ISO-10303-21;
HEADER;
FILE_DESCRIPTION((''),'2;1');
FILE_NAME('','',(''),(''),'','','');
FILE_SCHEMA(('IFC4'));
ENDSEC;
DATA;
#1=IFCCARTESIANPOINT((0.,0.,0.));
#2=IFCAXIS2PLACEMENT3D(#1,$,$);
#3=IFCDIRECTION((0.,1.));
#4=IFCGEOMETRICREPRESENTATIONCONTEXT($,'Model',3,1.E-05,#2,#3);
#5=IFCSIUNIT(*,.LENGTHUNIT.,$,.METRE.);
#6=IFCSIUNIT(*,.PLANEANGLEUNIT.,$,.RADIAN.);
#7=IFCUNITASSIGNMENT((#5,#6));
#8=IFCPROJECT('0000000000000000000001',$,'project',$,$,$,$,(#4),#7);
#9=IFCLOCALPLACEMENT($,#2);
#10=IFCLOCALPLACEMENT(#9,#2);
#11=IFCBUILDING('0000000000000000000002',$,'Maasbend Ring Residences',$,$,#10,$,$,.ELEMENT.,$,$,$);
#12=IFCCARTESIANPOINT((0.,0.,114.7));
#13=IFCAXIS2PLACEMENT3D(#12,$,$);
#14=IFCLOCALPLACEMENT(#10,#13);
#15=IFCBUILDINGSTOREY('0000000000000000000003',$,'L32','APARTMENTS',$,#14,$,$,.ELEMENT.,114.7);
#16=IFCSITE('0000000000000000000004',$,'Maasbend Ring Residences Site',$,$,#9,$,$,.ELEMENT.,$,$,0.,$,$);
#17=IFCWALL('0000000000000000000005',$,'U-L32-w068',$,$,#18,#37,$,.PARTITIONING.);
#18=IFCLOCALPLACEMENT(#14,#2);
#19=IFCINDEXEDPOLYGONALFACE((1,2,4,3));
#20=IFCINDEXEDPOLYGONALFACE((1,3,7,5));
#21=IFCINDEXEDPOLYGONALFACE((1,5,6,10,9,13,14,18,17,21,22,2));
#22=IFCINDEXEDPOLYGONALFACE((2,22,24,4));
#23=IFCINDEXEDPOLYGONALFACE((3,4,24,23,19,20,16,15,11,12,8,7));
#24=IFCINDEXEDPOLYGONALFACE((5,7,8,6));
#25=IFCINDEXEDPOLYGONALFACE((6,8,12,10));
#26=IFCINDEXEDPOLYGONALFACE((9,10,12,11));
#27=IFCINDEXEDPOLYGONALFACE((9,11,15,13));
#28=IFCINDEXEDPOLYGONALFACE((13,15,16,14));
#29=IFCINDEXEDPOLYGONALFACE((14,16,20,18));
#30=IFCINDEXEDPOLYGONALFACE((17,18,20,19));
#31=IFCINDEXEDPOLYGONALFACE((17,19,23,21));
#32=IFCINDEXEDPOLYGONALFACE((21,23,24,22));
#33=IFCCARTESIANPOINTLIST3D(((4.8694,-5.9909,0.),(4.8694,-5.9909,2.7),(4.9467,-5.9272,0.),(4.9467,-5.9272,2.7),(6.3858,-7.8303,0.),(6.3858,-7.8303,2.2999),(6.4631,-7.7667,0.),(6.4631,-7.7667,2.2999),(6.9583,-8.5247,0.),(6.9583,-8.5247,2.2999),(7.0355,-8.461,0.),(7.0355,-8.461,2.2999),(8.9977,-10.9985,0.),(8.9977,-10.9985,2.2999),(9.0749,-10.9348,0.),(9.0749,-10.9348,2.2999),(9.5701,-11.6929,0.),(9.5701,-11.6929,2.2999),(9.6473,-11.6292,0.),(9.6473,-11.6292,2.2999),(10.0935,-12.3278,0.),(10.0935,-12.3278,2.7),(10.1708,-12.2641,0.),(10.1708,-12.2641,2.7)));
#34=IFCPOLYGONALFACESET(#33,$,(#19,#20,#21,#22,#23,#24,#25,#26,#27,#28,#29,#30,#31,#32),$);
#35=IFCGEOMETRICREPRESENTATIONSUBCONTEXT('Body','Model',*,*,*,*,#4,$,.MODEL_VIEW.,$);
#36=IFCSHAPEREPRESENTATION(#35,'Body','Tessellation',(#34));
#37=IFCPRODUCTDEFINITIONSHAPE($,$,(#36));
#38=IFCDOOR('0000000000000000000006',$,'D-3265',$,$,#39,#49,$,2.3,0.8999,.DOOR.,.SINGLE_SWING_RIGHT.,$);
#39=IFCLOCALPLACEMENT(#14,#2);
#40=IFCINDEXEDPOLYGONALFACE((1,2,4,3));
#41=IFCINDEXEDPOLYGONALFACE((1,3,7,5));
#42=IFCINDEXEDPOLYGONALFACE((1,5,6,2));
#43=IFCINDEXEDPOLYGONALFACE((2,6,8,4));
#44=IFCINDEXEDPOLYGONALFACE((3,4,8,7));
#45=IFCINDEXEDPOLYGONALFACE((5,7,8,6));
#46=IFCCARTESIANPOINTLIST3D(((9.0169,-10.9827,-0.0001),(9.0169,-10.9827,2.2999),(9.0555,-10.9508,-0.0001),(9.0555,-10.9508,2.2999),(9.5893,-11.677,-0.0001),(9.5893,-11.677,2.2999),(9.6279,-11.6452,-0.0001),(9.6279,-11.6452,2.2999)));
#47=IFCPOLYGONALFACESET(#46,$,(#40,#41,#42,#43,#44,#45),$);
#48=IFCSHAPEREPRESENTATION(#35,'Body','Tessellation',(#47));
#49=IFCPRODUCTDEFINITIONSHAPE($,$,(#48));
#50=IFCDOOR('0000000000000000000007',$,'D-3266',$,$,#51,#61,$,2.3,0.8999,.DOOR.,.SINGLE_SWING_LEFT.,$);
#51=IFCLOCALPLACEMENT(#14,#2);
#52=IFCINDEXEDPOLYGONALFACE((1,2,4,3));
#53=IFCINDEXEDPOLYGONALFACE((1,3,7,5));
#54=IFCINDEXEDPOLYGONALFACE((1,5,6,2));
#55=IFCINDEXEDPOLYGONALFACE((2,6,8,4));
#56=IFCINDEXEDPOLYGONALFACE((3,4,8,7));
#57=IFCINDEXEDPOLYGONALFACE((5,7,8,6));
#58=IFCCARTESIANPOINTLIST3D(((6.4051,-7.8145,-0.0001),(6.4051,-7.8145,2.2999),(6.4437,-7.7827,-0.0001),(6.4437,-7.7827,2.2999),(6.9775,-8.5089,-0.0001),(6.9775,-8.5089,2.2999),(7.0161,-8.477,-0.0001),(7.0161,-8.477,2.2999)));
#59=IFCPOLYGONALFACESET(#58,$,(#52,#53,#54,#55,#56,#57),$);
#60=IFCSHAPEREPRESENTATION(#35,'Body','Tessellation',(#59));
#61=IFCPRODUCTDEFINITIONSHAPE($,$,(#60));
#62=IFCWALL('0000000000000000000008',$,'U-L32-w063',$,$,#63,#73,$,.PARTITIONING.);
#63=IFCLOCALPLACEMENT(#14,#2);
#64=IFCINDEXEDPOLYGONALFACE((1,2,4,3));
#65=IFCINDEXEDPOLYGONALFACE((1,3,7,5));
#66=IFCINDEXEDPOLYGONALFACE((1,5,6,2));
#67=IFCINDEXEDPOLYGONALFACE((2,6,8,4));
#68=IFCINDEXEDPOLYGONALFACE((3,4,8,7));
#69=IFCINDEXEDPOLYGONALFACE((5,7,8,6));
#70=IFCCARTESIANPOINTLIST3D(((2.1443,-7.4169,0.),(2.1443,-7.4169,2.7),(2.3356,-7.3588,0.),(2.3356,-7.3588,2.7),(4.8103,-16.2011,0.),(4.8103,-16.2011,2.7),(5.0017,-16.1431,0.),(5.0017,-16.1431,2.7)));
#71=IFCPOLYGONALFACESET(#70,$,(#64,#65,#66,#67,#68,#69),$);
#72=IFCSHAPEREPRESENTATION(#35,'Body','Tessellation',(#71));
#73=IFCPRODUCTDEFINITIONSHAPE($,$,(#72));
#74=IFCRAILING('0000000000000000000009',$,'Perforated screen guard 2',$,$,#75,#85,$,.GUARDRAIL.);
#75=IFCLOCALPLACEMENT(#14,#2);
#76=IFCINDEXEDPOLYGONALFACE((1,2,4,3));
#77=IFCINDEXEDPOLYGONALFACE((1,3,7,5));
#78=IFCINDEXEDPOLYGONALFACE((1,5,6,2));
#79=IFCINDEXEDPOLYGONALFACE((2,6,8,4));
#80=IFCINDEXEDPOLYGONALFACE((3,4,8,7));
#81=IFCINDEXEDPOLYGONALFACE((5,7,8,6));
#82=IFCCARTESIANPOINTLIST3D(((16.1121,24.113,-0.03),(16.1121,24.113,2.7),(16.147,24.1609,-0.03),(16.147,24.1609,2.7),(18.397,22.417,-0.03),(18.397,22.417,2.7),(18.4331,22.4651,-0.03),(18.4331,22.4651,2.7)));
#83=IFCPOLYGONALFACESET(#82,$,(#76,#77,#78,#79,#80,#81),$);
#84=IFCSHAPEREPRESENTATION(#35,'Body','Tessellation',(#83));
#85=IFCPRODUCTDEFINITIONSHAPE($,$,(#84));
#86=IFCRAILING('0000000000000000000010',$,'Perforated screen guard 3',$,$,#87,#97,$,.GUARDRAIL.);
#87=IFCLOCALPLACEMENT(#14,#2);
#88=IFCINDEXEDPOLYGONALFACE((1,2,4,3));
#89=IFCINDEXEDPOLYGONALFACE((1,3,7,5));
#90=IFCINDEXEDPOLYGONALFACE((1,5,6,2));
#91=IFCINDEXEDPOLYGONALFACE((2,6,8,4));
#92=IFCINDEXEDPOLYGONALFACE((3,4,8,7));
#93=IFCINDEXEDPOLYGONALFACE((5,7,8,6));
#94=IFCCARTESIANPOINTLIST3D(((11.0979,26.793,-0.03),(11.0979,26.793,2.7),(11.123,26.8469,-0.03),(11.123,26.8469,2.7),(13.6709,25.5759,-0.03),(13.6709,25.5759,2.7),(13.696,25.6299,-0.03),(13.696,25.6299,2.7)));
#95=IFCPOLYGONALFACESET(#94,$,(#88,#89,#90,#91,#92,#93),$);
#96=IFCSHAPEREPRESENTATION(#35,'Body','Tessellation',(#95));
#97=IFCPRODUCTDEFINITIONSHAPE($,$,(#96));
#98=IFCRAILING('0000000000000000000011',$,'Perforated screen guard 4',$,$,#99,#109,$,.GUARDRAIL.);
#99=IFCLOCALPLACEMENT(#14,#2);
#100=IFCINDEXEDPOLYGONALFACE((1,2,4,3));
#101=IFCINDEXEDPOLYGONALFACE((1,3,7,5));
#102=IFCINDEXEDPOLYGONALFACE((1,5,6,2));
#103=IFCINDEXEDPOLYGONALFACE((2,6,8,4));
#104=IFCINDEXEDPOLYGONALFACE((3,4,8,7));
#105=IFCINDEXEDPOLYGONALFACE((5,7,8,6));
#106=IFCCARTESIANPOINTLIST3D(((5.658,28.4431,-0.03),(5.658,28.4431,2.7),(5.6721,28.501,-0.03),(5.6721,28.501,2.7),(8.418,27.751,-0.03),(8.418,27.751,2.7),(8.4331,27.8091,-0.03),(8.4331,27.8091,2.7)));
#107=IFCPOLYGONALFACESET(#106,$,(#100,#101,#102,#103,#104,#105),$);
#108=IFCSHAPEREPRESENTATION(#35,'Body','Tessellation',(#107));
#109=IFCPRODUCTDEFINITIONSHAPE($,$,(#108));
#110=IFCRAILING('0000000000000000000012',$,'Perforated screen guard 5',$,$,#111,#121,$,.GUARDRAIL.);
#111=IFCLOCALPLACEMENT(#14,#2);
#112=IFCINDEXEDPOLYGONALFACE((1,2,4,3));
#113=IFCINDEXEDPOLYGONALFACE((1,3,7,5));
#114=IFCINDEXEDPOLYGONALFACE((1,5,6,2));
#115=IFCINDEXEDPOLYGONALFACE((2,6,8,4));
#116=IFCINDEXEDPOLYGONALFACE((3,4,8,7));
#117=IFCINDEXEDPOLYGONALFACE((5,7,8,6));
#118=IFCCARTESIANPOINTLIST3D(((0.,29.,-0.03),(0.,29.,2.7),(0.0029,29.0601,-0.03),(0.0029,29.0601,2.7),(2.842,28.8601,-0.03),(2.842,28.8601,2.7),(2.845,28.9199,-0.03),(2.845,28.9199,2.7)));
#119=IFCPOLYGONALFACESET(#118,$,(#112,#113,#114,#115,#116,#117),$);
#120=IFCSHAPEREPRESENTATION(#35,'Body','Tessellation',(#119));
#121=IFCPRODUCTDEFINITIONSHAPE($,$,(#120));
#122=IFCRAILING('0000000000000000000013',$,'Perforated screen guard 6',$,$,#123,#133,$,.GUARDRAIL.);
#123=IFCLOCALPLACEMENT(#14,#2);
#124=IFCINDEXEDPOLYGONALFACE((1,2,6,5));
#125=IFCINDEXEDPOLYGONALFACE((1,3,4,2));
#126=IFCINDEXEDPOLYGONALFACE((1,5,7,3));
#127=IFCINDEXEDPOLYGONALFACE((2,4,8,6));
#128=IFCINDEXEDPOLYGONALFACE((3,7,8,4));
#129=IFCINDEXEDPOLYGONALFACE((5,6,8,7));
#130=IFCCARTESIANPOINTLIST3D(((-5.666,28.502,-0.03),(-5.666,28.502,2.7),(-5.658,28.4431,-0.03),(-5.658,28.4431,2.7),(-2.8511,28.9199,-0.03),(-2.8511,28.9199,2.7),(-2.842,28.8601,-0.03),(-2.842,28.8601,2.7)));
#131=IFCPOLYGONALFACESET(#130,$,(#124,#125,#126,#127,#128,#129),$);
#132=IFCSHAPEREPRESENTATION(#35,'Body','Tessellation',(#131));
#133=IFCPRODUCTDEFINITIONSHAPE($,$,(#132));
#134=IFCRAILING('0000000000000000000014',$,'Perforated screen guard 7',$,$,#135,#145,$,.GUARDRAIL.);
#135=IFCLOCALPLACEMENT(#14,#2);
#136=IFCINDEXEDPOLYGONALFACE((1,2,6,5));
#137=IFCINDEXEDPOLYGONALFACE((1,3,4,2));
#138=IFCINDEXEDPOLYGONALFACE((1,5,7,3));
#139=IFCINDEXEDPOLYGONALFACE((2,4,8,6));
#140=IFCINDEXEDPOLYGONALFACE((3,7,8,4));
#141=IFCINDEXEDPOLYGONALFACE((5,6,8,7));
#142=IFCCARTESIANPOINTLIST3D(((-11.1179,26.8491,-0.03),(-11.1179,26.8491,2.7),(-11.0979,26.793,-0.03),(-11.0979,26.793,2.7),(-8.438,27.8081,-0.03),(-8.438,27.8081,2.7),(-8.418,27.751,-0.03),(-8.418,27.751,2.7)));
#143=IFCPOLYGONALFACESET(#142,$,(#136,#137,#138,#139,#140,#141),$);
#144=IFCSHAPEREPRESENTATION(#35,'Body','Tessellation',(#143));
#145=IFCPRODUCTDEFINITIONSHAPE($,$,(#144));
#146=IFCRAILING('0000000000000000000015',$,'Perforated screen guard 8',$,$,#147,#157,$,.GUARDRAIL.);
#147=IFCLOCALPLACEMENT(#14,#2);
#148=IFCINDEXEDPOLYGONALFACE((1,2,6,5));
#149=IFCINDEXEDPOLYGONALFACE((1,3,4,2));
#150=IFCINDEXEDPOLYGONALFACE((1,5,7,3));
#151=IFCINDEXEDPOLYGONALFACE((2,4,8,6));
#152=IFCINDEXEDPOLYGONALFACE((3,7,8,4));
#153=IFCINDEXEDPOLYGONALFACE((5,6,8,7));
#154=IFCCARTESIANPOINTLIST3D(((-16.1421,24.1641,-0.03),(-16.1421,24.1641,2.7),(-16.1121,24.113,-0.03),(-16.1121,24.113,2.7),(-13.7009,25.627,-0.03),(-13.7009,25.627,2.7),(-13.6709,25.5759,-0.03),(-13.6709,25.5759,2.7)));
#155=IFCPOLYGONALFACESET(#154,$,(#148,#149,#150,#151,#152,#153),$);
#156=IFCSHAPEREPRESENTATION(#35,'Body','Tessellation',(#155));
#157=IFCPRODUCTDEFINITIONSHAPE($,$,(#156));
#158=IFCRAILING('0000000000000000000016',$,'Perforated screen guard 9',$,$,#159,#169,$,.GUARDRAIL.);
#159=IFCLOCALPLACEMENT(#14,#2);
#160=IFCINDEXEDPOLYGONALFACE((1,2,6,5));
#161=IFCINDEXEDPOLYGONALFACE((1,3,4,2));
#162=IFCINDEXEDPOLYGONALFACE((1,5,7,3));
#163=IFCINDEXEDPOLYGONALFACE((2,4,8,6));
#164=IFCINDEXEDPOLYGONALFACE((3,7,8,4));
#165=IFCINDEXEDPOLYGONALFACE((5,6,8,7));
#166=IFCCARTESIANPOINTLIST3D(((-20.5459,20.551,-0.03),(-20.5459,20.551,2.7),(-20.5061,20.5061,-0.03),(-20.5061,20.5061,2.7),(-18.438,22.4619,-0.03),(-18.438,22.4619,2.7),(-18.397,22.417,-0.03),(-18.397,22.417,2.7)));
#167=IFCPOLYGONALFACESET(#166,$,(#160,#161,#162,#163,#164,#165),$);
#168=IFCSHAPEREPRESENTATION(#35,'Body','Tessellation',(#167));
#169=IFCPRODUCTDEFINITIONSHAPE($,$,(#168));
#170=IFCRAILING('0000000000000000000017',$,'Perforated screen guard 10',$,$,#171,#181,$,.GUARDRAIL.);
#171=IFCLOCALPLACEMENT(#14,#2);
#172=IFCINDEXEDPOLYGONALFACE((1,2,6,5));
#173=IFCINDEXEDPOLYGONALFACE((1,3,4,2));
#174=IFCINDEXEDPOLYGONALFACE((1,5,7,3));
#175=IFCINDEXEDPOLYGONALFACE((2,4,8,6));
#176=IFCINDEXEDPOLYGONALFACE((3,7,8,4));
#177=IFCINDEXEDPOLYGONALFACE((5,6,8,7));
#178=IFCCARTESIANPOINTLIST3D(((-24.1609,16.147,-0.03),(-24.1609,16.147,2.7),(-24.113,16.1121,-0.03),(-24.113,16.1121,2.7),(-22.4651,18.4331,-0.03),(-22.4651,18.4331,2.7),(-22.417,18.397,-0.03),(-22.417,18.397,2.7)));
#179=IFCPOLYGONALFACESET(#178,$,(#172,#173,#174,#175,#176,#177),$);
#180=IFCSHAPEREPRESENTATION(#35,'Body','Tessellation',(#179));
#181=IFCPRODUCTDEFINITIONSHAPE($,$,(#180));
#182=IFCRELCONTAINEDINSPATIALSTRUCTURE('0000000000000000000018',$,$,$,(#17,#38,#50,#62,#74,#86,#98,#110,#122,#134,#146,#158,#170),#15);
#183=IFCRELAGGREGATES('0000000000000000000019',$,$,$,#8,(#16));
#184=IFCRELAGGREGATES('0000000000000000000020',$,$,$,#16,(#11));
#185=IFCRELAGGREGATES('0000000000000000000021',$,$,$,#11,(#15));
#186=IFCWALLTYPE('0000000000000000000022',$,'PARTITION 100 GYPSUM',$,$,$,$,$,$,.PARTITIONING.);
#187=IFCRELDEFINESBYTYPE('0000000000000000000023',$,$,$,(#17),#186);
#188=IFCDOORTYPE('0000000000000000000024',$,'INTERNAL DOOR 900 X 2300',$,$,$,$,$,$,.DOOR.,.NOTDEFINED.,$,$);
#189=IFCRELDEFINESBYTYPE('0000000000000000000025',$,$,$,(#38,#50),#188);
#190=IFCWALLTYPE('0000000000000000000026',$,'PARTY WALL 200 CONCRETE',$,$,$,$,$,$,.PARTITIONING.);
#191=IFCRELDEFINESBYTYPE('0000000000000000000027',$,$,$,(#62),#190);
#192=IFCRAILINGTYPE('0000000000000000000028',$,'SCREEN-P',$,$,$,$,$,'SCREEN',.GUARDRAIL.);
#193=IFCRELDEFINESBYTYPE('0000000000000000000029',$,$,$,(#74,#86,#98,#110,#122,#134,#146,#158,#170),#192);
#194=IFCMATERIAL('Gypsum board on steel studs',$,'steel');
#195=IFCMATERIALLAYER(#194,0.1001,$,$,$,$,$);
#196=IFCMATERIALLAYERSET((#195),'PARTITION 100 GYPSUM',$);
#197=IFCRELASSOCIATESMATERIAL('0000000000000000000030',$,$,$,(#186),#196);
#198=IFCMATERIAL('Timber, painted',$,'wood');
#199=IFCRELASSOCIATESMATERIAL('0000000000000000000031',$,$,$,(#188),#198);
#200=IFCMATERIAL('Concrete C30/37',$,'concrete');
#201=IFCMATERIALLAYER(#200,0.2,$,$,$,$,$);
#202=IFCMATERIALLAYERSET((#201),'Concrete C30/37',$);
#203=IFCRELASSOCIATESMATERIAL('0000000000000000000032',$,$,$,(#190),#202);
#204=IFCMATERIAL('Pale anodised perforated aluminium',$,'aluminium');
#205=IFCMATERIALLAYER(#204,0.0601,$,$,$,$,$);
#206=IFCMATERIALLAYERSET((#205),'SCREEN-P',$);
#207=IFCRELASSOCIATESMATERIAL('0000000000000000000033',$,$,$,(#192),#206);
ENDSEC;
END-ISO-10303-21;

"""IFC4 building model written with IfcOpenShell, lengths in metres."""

from ifc_helpers import new_model, si_unit, direction, frame, frame_2d, origin, place, context, subcontext, project, spatial, polyline, rectangle, outline, extrude, material, layer, layer_set, type_object, element, fill, save


model = new_model("IFC4")

# Units and contexts
model_context = context("Model", 3, precision=1e-05, world=origin(), true_north=direction((0.0, 1.0)))
body_context = subcontext(model_context, "Body", "Model", "MODEL_VIEW")
ifc_project = project(units=[si_unit("LENGTHUNIT", "METRE"), si_unit("PLANEANGLEUNIT", "RADIAN")], contexts=[model_context])

# Site, building, storey
site_placement = place(None, origin())
site = spatial("IfcSite", under=ifc_project, at=site_placement, Name="Maasbend Ring Residences Site", CompositionType="ELEMENT", RefElevation=0.0)
building_placement = place(site_placement, origin())
building = spatial("IfcBuilding", under=site, at=building_placement, Name="Maasbend Ring Residences", CompositionType="ELEMENT")
storey_placement = place(building_placement, frame((0.0, 0.0, 114.7)))
storey = spatial("IfcBuildingStorey", under=building, at=storey_placement, Name="L32", Description="APARTMENTS", CompositionType="ELEMENT", Elevation=114.7)

# Wall, openings, doors
ifc_material_1 = material(Name="Gypsum board on steel studs", Category="steel")
ifc_layer_1 = layer(ifc_material_1, 0.1001)
ifc_layer_set_1 = layer_set([ifc_layer_1], Name="PARTITION 100 GYPSUM")
wall_type_1 = type_object("IfcWallType", Name="PARTITION 100 GYPSUM", PredefinedType="PARTITIONING", material=ifc_layer_set_1)
wall_1_placement = place(storey_placement, frame((4.908, -5.959, 0.0), z_axis=(0.0, 0.0, 1.0), x_axis=(0.636105, -0.771602, 0.0)))
wall_1 = element("IfcWall", 1, at=wall_1_placement, inside=storey, type_object=wall_type_1, Name="U-L32-w068", PredefinedType="PARTITIONING", context=body_context, shape_type="SweptSolid", body=[
    extrude(rectangle(XDim=8.2126, YDim=0.1001, at=frame_2d((4.1064, 0.0))), origin(), (0.0, 0.0, 1.0), 2.7),
])
opening_1_placement = place(wall_1_placement, frame((6.49, 0.0, 0.0)))
opening_1 = element("IfcOpeningElement", 2, at=opening_1_placement, cuts=wall_1, PredefinedType="OPENING", context=body_context, shape_type="SweptSolid", body=[
    extrude(rectangle(XDim=0.8999, YDim=2.3, at=frame_2d((0.45, 1.1499))), frame((0.0, 0.0601, 0.0), z_axis=(0.0, -1.0, 0.0), x_axis=(1.0, 0.0, 0.0)), (0.0, 0.0, 1.0), 0.1201),
])
opening_2_placement = place(wall_1_placement, frame((2.384, 0.0, 0.0)))
opening_2 = element("IfcOpeningElement", 3, at=opening_2_placement, cuts=wall_1, PredefinedType="OPENING", context=body_context, shape_type="SweptSolid", body=[
    extrude(rectangle(XDim=0.8999, YDim=2.3, at=frame_2d((0.45, 1.1499))), frame((0.0, 0.0601, 0.0), z_axis=(0.0, -1.0, 0.0), x_axis=(1.0, 0.0, 0.0)), (0.0, 0.0, 1.0), 0.1201),
])
ifc_material_2 = material(Name="Timber, painted", Category="wood")
door_type = type_object("IfcDoorType", Name="INTERNAL DOOR 900 X 2300", OperationType="NOTDEFINED", PredefinedType="DOOR", material=ifc_material_2)
door_1_placement = place(opening_1_placement, origin())
door_1 = element("IfcDoor", 4, at=door_1_placement, inside=storey, type_object=door_type, Name="D-3265", OperationType="SINGLE_SWING_RIGHT", OverallHeight=2.3, OverallWidth=0.8999, PredefinedType="DOOR", context=body_context, shape_type="SweptSolid", body=[
    extrude(rectangle(XDim=0.8999, YDim=2.3, at=frame_2d((0.45, 1.1499))), frame((0.0, 0.0249, 0.0), z_axis=(0.0, -1.0, 0.0), x_axis=(1.0, 0.0, 0.0)), (0.0, 0.0, 1.0), 0.05),
])
fill(opening_1, door_1)
door_2_placement = place(opening_2_placement, origin())
door_2 = element("IfcDoor", 5, at=door_2_placement, inside=storey, type_object=door_type, Name="D-3266", OperationType="SINGLE_SWING_LEFT", OverallHeight=2.3, OverallWidth=0.8999, PredefinedType="DOOR", context=body_context, shape_type="SweptSolid", body=[
    extrude(rectangle(XDim=0.8999, YDim=2.3, at=frame_2d((0.45, 1.1499))), frame((0.0, 0.0249, 0.0), z_axis=(0.0, -1.0, 0.0), x_axis=(1.0, 0.0, 0.0)), (0.0, 0.0, 1.0), 0.05),
])
fill(opening_2, door_2)

# Wall
ifc_material_3 = material(Name="Concrete C30/37", Category="concrete")
ifc_layer_2 = layer(ifc_material_3, 0.2)
ifc_layer_set_2 = layer_set([ifc_layer_2], Name="Concrete C30/37")
wall_type_2 = type_object("IfcWallType", Name="PARTY WALL 200 CONCRETE", PredefinedType="PARTITIONING", material=ifc_layer_set_2)
wall_2_placement = place(storey_placement, frame((2.24, -7.3879, 0.0), z_axis=(0.0, 0.0, 1.0), x_axis=(0.290421, -0.956899, 0.0)))
element("IfcWall", 6, at=wall_2_placement, inside=storey, type_object=wall_type_2, Name="U-L32-w063", PredefinedType="PARTITIONING", context=body_context, shape_type="SweptSolid", body=[
    extrude(rectangle(XDim=9.1799, YDim=0.2, at=frame_2d((4.5898, 0.0))), origin(), (0.0, 0.0, 1.0), 2.7),
])

# Railings
ifc_material_4 = material(Name="Pale anodised perforated aluminium", Category="aluminium")
ifc_layer_3 = layer(ifc_material_4, 0.0601)
ifc_layer_set_3 = layer_set([ifc_layer_3], Name="SCREEN-P")
railing_type = type_object("IfcRailingType", Name="SCREEN-P", ElementType="SCREEN", PredefinedType="GUARDRAIL", material=ifc_layer_set_3)
railing_1_placement = place(storey_placement, frame((0.0, 0.0, -0.03)))
element("IfcRailing", 7, at=railing_1_placement, inside=storey, type_object=railing_type, Name="Perforated screen guard 2", PredefinedType="GUARDRAIL", context=body_context, shape_type="SweptSolid", body=[
    extrude(outline(polyline([(18.397, 22.417), (16.1121, 24.113), (16.147, 24.1609), (18.4331, 22.4651), (18.397, 22.417)])), origin(), (0.0, 0.0, 1.0), 2.73),
])
railing_2_placement = place(storey_placement, frame((0.0, 0.0, -0.03)))
element("IfcRailing", 8, at=railing_2_placement, inside=storey, type_object=railing_type, Name="Perforated screen guard 3", PredefinedType="GUARDRAIL", context=body_context, shape_type="SweptSolid", body=[
    extrude(outline(polyline([(13.6709, 25.5759), (11.0979, 26.793), (11.123, 26.8469), (13.696, 25.6299), (13.6709, 25.5759)])), origin(), (0.0, 0.0, 1.0), 2.73),
])
railing_3_placement = place(storey_placement, frame((0.0, 0.0, -0.03)))
element("IfcRailing", 9, at=railing_3_placement, inside=storey, type_object=railing_type, Name="Perforated screen guard 4", PredefinedType="GUARDRAIL", context=body_context, shape_type="SweptSolid", body=[
    extrude(outline(polyline([(8.418, 27.751), (5.658, 28.4431), (5.6721, 28.501), (8.4331, 27.8091), (8.418, 27.751)])), origin(), (0.0, 0.0, 1.0), 2.73),
])
railing_4_placement = place(storey_placement, frame((0.0, 0.0, -0.03)))
element("IfcRailing", 10, at=railing_4_placement, inside=storey, type_object=railing_type, Name="Perforated screen guard 5", PredefinedType="GUARDRAIL", context=body_context, shape_type="SweptSolid", body=[
    extrude(outline(polyline([(2.842, 28.8601), (0.0, 29.0), (0.0029, 29.0601), (2.845, 28.9199), (2.842, 28.8601)])), origin(), (0.0, 0.0, 1.0), 2.73),
])
railing_5_placement = place(storey_placement, frame((0.0, 0.0, -0.03)))
element("IfcRailing", 11, at=railing_5_placement, inside=storey, type_object=railing_type, Name="Perforated screen guard 6", PredefinedType="GUARDRAIL", context=body_context, shape_type="SweptSolid", body=[
    extrude(outline(polyline([(-2.842, 28.8601), (-5.658, 28.4431), (-5.666, 28.502), (-2.8511, 28.9199), (-2.842, 28.8601)])), origin(), (0.0, 0.0, 1.0), 2.73),
])
railing_6_placement = place(storey_placement, frame((0.0, 0.0, -0.03)))
element("IfcRailing", 12, at=railing_6_placement, inside=storey, type_object=railing_type, Name="Perforated screen guard 7", PredefinedType="GUARDRAIL", context=body_context, shape_type="SweptSolid", body=[
    extrude(outline(polyline([(-8.418, 27.751), (-11.0979, 26.793), (-11.1179, 26.8491), (-8.438, 27.8081), (-8.418, 27.751)])), origin(), (0.0, 0.0, 1.0), 2.73),
])
railing_7_placement = place(storey_placement, frame((0.0, 0.0, -0.03)))
element("IfcRailing", 13, at=railing_7_placement, inside=storey, type_object=railing_type, Name="Perforated screen guard 8", PredefinedType="GUARDRAIL", context=body_context, shape_type="SweptSolid", body=[
    extrude(outline(polyline([(-13.6709, 25.5759), (-16.1121, 24.113), (-16.1421, 24.1641), (-13.7009, 25.627), (-13.6709, 25.5759)])), origin(), (0.0, 0.0, 1.0), 2.73),
])
railing_8_placement = place(storey_placement, frame((0.0, 0.0, -0.03)))
element("IfcRailing", 14, at=railing_8_placement, inside=storey, type_object=railing_type, Name="Perforated screen guard 9", PredefinedType="GUARDRAIL", context=body_context, shape_type="SweptSolid", body=[
    extrude(outline(polyline([(-18.397, 22.417), (-20.5061, 20.5061), (-20.5459, 20.551), (-18.438, 22.4619), (-18.397, 22.417)])), origin(), (0.0, 0.0, 1.0), 2.73),
])
railing_9_placement = place(storey_placement, frame((0.0, 0.0, -0.03)))
element("IfcRailing", 15, at=railing_9_placement, inside=storey, type_object=railing_type, Name="Perforated screen guard 10", PredefinedType="GUARDRAIL", context=body_context, shape_type="SweptSolid", body=[
    extrude(outline(polyline([(-22.417, 18.397), (-24.113, 16.1121), (-24.1609, 16.147), (-22.4651, 18.4331), (-22.417, 18.397)])), origin(), (0.0, 0.0, 1.0), 2.73),
])

save(model, "model.ifc")
